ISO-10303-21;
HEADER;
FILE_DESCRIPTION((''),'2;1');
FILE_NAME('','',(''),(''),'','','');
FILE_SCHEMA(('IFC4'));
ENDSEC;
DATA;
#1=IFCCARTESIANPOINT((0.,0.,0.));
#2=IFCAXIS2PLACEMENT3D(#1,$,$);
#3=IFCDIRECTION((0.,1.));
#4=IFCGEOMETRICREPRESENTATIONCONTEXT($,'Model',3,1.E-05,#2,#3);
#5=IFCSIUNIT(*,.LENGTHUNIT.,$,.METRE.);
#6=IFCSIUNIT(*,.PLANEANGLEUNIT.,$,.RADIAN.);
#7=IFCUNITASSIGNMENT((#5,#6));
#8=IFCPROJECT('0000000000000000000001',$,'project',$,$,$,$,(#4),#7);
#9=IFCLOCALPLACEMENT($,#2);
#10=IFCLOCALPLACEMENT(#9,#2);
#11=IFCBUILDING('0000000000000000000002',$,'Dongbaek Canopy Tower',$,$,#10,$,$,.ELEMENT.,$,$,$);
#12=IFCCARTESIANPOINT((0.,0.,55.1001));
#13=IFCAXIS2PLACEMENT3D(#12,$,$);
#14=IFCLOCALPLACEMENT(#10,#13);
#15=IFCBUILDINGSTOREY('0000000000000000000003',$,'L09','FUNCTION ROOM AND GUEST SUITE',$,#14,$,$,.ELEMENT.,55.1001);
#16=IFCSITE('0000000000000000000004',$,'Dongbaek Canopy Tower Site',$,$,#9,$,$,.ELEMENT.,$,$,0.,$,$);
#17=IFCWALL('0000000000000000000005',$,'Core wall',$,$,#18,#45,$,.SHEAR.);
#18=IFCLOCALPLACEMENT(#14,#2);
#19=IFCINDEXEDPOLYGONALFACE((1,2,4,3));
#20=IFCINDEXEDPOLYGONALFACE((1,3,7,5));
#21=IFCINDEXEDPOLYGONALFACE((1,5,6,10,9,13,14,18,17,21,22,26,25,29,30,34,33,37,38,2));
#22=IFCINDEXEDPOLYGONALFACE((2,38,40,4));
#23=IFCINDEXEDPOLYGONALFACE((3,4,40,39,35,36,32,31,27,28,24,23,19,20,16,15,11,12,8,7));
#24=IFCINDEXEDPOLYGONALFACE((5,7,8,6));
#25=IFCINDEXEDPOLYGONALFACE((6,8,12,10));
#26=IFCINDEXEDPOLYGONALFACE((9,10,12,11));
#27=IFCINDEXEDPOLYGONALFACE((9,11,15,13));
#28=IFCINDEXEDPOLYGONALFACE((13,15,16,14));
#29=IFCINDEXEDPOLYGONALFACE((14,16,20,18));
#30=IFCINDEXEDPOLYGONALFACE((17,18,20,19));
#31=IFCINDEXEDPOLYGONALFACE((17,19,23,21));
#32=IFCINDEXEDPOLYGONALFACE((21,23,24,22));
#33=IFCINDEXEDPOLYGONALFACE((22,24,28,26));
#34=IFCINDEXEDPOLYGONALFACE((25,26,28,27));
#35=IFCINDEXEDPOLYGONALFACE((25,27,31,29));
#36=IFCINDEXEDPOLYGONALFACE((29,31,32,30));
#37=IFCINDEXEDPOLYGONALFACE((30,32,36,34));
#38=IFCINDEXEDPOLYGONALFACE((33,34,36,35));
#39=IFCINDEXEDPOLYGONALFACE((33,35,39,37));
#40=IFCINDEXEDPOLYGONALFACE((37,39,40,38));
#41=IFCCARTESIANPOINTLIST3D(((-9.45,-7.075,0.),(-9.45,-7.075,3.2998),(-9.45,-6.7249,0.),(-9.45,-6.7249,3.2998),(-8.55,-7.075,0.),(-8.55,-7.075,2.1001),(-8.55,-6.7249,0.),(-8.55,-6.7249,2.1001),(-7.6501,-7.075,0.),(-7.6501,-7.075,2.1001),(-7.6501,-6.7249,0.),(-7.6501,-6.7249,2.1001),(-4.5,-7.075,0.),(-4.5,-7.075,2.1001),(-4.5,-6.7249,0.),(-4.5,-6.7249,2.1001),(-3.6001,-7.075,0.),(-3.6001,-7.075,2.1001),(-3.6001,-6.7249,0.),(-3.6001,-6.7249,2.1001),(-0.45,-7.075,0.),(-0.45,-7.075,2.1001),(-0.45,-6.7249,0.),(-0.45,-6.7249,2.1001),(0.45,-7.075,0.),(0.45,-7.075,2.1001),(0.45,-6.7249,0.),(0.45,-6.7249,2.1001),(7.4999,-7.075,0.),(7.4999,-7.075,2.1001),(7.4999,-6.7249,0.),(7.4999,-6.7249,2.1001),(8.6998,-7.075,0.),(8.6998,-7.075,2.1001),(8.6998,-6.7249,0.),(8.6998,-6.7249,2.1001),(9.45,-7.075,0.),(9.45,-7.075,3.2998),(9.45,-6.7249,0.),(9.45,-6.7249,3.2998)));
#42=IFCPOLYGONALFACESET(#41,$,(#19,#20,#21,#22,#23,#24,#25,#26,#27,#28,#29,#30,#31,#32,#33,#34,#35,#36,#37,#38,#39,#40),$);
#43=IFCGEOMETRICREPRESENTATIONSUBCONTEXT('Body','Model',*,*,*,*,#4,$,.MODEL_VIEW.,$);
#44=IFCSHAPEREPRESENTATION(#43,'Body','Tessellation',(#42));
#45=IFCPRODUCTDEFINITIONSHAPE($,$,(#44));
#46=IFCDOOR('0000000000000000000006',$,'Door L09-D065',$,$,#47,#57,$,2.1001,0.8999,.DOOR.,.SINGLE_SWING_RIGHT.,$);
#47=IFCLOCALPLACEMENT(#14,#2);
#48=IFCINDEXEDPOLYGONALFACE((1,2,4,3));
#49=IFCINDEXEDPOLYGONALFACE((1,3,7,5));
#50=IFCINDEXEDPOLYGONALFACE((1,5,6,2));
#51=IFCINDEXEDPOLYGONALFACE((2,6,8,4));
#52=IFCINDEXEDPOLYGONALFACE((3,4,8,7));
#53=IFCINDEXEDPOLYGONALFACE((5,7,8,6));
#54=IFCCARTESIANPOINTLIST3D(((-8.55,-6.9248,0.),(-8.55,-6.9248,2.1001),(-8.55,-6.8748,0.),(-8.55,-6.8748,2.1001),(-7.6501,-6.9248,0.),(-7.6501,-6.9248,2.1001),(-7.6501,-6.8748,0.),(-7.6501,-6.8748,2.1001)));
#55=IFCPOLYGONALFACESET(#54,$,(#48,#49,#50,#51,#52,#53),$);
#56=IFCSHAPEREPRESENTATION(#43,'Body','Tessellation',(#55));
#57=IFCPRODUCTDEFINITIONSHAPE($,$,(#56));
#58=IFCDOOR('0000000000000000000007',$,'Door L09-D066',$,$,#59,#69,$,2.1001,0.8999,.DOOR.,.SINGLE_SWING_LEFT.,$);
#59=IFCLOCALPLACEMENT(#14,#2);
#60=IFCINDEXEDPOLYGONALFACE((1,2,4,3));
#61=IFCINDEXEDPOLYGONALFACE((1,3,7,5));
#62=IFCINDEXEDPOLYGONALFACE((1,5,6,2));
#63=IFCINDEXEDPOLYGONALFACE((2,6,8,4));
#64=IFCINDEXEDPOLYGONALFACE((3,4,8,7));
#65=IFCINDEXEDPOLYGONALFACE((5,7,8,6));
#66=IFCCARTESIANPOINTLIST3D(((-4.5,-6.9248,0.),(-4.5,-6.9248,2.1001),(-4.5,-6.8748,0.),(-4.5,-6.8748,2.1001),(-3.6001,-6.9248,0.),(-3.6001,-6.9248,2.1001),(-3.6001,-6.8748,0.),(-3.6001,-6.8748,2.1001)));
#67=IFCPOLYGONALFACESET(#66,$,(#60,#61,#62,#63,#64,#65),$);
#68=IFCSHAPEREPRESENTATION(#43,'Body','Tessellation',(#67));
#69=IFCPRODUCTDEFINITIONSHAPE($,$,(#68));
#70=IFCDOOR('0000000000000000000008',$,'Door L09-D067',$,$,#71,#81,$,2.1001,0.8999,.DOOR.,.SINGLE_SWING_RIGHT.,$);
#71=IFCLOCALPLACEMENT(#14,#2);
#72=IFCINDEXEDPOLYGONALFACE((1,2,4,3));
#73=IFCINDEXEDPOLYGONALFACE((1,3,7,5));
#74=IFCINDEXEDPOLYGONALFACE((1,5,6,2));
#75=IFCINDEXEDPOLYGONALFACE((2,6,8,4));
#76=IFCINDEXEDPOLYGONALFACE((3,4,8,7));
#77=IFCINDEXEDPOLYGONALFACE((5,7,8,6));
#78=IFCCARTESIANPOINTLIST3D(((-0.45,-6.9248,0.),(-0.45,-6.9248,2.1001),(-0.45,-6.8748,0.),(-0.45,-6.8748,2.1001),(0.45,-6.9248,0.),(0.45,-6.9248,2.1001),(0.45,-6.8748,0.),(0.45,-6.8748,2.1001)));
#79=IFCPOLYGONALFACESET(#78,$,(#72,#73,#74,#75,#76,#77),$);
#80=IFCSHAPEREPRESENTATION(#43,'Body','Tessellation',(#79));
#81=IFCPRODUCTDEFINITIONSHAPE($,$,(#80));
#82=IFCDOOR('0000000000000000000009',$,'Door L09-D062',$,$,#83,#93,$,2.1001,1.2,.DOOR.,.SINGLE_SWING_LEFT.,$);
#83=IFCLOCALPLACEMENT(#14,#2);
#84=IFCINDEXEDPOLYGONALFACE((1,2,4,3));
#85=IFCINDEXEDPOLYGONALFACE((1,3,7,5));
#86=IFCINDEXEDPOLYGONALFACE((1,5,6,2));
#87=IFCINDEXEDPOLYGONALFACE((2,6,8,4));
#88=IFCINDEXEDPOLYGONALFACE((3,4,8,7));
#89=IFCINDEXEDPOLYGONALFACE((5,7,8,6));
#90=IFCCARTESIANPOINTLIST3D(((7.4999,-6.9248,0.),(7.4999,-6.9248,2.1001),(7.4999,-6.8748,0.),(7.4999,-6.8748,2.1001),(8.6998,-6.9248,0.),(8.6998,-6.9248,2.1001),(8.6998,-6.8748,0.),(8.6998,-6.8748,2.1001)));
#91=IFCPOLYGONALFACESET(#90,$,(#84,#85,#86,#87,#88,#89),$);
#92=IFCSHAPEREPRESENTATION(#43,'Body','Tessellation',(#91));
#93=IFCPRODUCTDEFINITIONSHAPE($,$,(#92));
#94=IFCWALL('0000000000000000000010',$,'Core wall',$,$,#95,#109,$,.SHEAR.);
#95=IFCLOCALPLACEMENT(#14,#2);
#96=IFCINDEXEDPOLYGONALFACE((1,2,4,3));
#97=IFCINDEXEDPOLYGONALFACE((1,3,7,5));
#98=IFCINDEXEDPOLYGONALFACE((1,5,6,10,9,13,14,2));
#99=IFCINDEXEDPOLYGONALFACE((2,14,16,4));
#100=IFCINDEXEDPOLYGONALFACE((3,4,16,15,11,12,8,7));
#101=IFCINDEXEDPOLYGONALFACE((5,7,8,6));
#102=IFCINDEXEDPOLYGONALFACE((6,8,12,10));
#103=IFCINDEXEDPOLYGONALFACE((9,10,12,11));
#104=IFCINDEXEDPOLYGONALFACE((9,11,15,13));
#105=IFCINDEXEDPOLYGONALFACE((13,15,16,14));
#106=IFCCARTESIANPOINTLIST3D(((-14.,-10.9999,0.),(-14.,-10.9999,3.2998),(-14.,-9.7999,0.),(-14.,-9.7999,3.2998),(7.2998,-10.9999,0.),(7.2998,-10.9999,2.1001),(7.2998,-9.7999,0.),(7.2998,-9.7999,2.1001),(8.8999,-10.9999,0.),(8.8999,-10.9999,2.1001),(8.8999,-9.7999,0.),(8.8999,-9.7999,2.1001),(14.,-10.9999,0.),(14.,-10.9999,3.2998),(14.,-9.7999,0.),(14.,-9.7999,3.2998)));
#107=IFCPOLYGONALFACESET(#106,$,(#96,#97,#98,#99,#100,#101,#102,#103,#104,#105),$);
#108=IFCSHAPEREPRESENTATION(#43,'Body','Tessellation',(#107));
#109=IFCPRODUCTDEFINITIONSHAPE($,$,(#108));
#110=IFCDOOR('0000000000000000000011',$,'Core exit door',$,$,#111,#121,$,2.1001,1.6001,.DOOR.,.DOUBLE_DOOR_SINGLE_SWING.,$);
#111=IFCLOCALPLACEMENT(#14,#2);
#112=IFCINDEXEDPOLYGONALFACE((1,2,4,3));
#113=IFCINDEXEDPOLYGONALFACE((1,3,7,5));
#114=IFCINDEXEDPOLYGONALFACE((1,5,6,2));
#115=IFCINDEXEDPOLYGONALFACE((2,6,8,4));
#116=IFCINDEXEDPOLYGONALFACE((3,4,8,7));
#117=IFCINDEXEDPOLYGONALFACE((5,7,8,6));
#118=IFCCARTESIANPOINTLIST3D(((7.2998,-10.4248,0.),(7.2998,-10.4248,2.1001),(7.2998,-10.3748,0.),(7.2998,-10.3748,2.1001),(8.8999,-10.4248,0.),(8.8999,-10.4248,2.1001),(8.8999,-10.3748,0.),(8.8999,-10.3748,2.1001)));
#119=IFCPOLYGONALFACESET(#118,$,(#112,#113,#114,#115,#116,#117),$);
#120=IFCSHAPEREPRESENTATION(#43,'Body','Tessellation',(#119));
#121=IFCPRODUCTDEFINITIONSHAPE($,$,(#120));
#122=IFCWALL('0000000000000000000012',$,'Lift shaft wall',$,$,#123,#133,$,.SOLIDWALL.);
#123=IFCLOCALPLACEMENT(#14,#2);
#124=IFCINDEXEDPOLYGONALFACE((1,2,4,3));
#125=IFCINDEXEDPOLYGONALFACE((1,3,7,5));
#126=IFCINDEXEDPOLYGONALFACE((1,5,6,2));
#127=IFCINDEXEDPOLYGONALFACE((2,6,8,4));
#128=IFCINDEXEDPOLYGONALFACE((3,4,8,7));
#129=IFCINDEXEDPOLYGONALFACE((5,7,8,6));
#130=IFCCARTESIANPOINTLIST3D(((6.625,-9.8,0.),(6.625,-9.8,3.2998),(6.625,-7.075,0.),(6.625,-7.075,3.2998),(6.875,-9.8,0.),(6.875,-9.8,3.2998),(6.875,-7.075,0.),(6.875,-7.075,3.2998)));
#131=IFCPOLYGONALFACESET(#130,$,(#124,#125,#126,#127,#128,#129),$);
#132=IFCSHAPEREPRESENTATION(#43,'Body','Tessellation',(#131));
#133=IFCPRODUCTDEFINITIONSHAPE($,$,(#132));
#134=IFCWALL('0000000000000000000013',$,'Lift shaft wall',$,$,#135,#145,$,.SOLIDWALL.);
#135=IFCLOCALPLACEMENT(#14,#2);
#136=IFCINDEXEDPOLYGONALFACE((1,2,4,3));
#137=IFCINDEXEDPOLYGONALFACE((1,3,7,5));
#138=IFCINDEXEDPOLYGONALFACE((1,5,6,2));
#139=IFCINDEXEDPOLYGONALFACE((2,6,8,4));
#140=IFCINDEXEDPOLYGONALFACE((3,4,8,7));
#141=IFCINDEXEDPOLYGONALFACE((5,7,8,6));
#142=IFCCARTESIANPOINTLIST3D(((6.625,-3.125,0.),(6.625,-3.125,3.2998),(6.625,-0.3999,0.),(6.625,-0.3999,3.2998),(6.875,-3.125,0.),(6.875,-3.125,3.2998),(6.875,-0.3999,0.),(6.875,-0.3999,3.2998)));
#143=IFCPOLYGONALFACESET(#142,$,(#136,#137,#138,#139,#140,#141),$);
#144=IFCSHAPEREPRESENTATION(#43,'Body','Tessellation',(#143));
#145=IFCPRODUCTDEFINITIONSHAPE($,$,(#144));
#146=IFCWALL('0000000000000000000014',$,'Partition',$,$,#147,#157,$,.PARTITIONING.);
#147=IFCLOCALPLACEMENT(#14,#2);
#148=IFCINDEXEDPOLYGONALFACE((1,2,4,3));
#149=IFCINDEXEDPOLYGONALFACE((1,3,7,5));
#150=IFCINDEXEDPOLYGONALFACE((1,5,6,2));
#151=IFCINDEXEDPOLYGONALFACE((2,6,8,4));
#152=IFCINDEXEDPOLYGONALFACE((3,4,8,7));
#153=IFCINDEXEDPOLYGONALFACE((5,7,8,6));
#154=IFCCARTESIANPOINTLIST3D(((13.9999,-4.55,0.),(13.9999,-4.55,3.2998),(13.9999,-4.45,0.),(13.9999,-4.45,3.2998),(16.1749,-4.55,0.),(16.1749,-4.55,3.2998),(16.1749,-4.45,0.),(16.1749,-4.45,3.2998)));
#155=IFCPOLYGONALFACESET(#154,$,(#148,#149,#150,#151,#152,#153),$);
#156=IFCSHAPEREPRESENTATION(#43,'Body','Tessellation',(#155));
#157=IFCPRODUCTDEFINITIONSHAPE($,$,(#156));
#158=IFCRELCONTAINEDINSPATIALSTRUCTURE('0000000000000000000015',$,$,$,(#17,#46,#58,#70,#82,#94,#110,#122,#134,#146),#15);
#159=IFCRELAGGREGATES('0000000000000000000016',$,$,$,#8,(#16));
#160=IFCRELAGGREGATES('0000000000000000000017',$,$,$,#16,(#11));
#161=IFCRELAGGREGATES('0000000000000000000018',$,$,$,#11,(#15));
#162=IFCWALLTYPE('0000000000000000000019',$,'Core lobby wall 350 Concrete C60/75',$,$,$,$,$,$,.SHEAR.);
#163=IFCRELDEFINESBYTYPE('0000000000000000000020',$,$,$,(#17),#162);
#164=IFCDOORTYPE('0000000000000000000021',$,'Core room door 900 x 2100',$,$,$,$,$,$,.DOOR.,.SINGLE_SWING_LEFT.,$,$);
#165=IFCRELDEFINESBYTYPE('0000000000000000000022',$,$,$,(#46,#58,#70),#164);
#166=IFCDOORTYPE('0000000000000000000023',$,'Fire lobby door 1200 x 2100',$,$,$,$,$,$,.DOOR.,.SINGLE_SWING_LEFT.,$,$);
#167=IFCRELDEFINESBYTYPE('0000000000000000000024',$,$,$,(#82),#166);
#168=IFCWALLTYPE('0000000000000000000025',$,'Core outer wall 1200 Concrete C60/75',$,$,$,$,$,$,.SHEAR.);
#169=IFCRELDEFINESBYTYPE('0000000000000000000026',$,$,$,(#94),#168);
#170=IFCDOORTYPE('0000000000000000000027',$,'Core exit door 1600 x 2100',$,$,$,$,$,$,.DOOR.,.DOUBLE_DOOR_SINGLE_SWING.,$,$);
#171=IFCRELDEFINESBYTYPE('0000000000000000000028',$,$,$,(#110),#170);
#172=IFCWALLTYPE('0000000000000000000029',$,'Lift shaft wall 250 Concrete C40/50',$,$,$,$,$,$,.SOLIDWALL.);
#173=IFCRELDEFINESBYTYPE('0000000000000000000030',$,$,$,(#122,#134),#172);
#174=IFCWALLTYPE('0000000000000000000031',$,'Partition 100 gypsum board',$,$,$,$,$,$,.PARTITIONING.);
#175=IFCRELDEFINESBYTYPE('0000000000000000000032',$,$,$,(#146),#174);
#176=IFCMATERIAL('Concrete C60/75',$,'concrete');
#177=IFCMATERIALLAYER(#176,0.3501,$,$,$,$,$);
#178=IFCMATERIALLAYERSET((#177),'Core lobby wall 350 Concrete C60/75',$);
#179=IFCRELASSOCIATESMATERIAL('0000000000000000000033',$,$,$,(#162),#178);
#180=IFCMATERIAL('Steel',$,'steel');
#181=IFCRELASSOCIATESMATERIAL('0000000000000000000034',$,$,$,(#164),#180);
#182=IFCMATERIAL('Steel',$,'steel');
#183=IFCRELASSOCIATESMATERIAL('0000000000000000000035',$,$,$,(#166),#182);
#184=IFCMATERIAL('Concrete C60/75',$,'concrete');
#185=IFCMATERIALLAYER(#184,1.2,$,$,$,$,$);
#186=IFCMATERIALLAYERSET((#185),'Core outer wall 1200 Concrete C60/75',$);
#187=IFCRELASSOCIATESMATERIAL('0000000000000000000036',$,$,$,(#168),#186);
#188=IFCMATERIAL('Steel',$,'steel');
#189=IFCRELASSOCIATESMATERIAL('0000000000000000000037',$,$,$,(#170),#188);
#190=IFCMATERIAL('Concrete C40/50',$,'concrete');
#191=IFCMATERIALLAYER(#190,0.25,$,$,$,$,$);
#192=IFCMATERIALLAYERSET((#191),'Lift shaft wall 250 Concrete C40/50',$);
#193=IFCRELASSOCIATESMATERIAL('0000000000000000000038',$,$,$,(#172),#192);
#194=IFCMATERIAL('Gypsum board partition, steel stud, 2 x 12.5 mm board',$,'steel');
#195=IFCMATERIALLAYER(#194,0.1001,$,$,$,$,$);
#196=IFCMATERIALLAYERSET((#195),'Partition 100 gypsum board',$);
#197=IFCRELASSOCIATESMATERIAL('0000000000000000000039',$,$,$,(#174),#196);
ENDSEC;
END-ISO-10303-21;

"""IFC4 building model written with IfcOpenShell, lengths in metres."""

from ifc_helpers import new_model, si_unit, direction, frame, frame_2d, origin, place, context, subcontext, project, spatial, rectangle, extrude, material, layer, layer_set, type_object, element, fill, save


model = new_model("IFC4")

# Units and contexts
model_context = context("Model", 3, precision=1e-05, world=origin(), true_north=direction((0.0, 1.0)))
body_context = subcontext(model_context, "Body", "Model", "MODEL_VIEW")
ifc_project = project(units=[si_unit("LENGTHUNIT", "METRE"), si_unit("PLANEANGLEUNIT", "RADIAN")], contexts=[model_context])

# Site, building, storey
site_placement = place(None, origin())
site = spatial("IfcSite", under=ifc_project, at=site_placement, Name="Dongbaek Canopy Tower Site", CompositionType="ELEMENT", RefElevation=0.0)
building_placement = place(site_placement, origin())
building = spatial("IfcBuilding", under=site, at=building_placement, Name="Dongbaek Canopy Tower", CompositionType="ELEMENT")
storey_placement = place(building_placement, frame((0.0, 0.0, 55.1001)))
storey = spatial("IfcBuildingStorey", under=building, at=storey_placement, Name="L09", Description="FUNCTION ROOM AND GUEST SUITE", CompositionType="ELEMENT", Elevation=55.1001)

# Wall, openings, doors
ifc_material_1 = material(Name="Concrete C60/75", Category="concrete")
ifc_layer_1 = layer(ifc_material_1, 0.3501)
ifc_layer_set_1 = layer_set([ifc_layer_1], Name="Core lobby wall 350 Concrete C60/75")
wall_type_1 = type_object("IfcWallType", Name="Core lobby wall 350 Concrete C60/75", PredefinedType="SHEAR", material=ifc_layer_set_1)
wall_1_placement = place(storey_placement, frame((9.45, -6.8999, 0.0), z_axis=(0.0, 0.0, 1.0), x_axis=(-1.0, 0.0, 0.0)))
wall_1 = element("IfcWall", 1, at=wall_1_placement, inside=storey, type_object=wall_type_1, Name="Core wall", PredefinedType="SHEAR", context=body_context, shape_type="SweptSolid", body=[
    extrude(rectangle(XDim=18.8999, YDim=0.3501, at=frame_2d((9.45, 0.0))), origin(), (0.0, 0.0, 1.0), 3.2998),
])
opening_1_placement = place(wall_1_placement, frame((0.75, 0.0, 0.0)))
opening_1 = element("IfcOpeningElement", 2, at=opening_1_placement, cuts=wall_1, PredefinedType="OPENING", context=body_context, shape_type="SweptSolid", body=[
    extrude(rectangle(XDim=1.2, YDim=2.1001, at=frame_2d((0.6001, 1.05))), frame((0.0, 0.1851, 0.0), z_axis=(0.0, -1.0, 0.0), x_axis=(1.0, 0.0, 0.0)), (0.0, 0.0, 1.0), 0.3701),
])
opening_2_placement = place(wall_1_placement, frame((17.1001, 0.0, 0.0)))
opening_2 = element("IfcOpeningElement", 3, at=opening_2_placement, cuts=wall_1, PredefinedType="OPENING", context=body_context, shape_type="SweptSolid", body=[
    extrude(rectangle(XDim=0.8999, YDim=2.1001, at=frame_2d((0.45, 1.05))), frame((0.0, 0.1851, 0.0), z_axis=(0.0, -1.0, 0.0), x_axis=(1.0, 0.0, 0.0)), (0.0, 0.0, 1.0), 0.3701),
])
opening_3_placement = place(wall_1_placement, frame((13.05, 0.0, 0.0)))
opening_3 = element("IfcOpeningElement", 4, at=opening_3_placement, cuts=wall_1, PredefinedType="OPENING", context=body_context, shape_type="SweptSolid", body=[
    extrude(rectangle(XDim=0.8999, YDim=2.1001, at=frame_2d((0.45, 1.05))), frame((0.0, 0.1851, 0.0), z_axis=(0.0, -1.0, 0.0), x_axis=(1.0, 0.0, 0.0)), (0.0, 0.0, 1.0), 0.3701),
])
opening_4_placement = place(wall_1_placement, frame((9.0, 0.0, 0.0)))
opening_4 = element("IfcOpeningElement", 5, at=opening_4_placement, cuts=wall_1, PredefinedType="OPENING", context=body_context, shape_type="SweptSolid", body=[
    extrude(rectangle(XDim=0.8999, YDim=2.1001, at=frame_2d((0.45, 1.05))), frame((0.0, 0.1851, 0.0), z_axis=(0.0, -1.0, 0.0), x_axis=(1.0, 0.0, 0.0)), (0.0, 0.0, 1.0), 0.3701),
])
ifc_material_2 = material(Name="Steel", Category="steel")
door_type_1 = type_object("IfcDoorType", Name="Core room door 900 x 2100", OperationType="SINGLE_SWING_LEFT", PredefinedType="DOOR", material=ifc_material_2)
door_1_placement = place(opening_2_placement, origin())
door_1 = element("IfcDoor", 6, at=door_1_placement, inside=storey, type_object=door_type_1, Name="Door L09-D065", OperationType="SINGLE_SWING_RIGHT", OverallHeight=2.1001, OverallWidth=0.8999, PredefinedType="DOOR", context=body_context, shape_type="SweptSolid", body=[
    extrude(rectangle(XDim=0.8999, YDim=2.1001, at=frame_2d((0.45, 1.05))), frame((0.0, 0.0249, 0.0), z_axis=(0.0, -1.0, 0.0), x_axis=(1.0, 0.0, 0.0)), (0.0, 0.0, 1.0), 0.05),
])
fill(opening_2, door_1)
door_2_placement = place(opening_3_placement, origin())
door_2 = element("IfcDoor", 7, at=door_2_placement, inside=storey, type_object=door_type_1, Name="Door L09-D066", OperationType="SINGLE_SWING_LEFT", OverallHeight=2.1001, OverallWidth=0.8999, PredefinedType="DOOR", context=body_context, shape_type="SweptSolid", body=[
    extrude(rectangle(XDim=0.8999, YDim=2.1001, at=frame_2d((0.45, 1.05))), frame((0.0, 0.0249, 0.0), z_axis=(0.0, -1.0, 0.0), x_axis=(1.0, 0.0, 0.0)), (0.0, 0.0, 1.0), 0.05),
])
fill(opening_3, door_2)
door_3_placement = place(opening_4_placement, origin())
door_3 = element("IfcDoor", 8, at=door_3_placement, inside=storey, type_object=door_type_1, Name="Door L09-D067", OperationType="SINGLE_SWING_RIGHT", OverallHeight=2.1001, OverallWidth=0.8999, PredefinedType="DOOR", context=body_context, shape_type="SweptSolid", body=[
    extrude(rectangle(XDim=0.8999, YDim=2.1001, at=frame_2d((0.45, 1.05))), frame((0.0, 0.0249, 0.0), z_axis=(0.0, -1.0, 0.0), x_axis=(1.0, 0.0, 0.0)), (0.0, 0.0, 1.0), 0.05),
])
fill(opening_4, door_3)
ifc_material_3 = material(Name="Steel", Category="steel")
door_type_2 = type_object("IfcDoorType", Name="Fire lobby door 1200 x 2100", OperationType="SINGLE_SWING_LEFT", PredefinedType="DOOR", material=ifc_material_3)
door_4_placement = place(opening_1_placement, origin())
door_4 = element("IfcDoor", 9, at=door_4_placement, inside=storey, type_object=door_type_2, Name="Door L09-D062", OperationType="SINGLE_SWING_LEFT", OverallHeight=2.1001, OverallWidth=1.2, PredefinedType="DOOR", context=body_context, shape_type="SweptSolid", body=[
    extrude(rectangle(XDim=1.2, YDim=2.1001, at=frame_2d((0.6001, 1.05))), frame((0.0, 0.0249, 0.0), z_axis=(0.0, -1.0, 0.0), x_axis=(1.0, 0.0, 0.0)), (0.0, 0.0, 1.0), 0.05),
])
fill(opening_1, door_4)

# Wall, opening, door
ifc_material_4 = material(Name="Concrete C60/75", Category="concrete")
ifc_layer_2 = layer(ifc_material_4, 1.2)
ifc_layer_set_2 = layer_set([ifc_layer_2], Name="Core outer wall 1200 Concrete C60/75")
wall_type_2 = type_object("IfcWallType", Name="Core outer wall 1200 Concrete C60/75", PredefinedType="SHEAR", material=ifc_layer_set_2)
wall_2_placement = place(storey_placement, frame((14.0, -10.3999, 0.0), z_axis=(0.0, 0.0, 1.0), x_axis=(-1.0, 0.0, 0.0)))
wall_2 = element("IfcWall", 10, at=wall_2_placement, inside=storey, type_object=wall_type_2, Name="Core wall", PredefinedType="SHEAR", context=body_context, shape_type="SweptSolid", body=[
    extrude(rectangle(XDim=28.0, YDim=1.2, at=frame_2d((14.0, 0.0))), origin(), (0.0, 0.0, 1.0), 3.2998),
])
opening_5_placement = place(wall_2_placement, frame((5.1001, 0.0, 0.0)))
opening_5 = element("IfcOpeningElement", 11, at=opening_5_placement, cuts=wall_2, PredefinedType="OPENING", context=body_context, shape_type="SweptSolid", body=[
    extrude(rectangle(XDim=1.6001, YDim=2.1001, at=frame_2d((0.8, 1.05))), frame((0.0, 0.6099, 0.0), z_axis=(0.0, -1.0, 0.0), x_axis=(1.0, 0.0, 0.0)), (0.0, 0.0, 1.0), 1.22),
])
ifc_material_5 = material(Name="Steel", Category="steel")
door_type_3 = type_object("IfcDoorType", Name="Core exit door 1600 x 2100", OperationType="DOUBLE_DOOR_SINGLE_SWING", PredefinedType="DOOR", material=ifc_material_5)
door_5_placement = place(opening_5_placement, origin())
door_5 = element("IfcDoor", 12, at=door_5_placement, inside=storey, type_object=door_type_3, Name="Core exit door", OperationType="DOUBLE_DOOR_SINGLE_SWING", OverallHeight=2.1001, OverallWidth=1.6001, PredefinedType="DOOR", context=body_context, shape_type="SweptSolid", body=[
    extrude(rectangle(XDim=1.6001, YDim=2.1001, at=frame_2d((0.8, 1.05))), frame((0.0, 0.0249, 0.0), z_axis=(0.0, -1.0, 0.0), x_axis=(1.0, 0.0, 0.0)), (0.0, 0.0, 1.0), 0.05),
])
fill(opening_5, door_5)

# Walls
ifc_material_6 = material(Name="Concrete C40/50", Category="concrete")
ifc_layer_3 = layer(ifc_material_6, 0.25)
ifc_layer_set_3 = layer_set([ifc_layer_3], Name="Lift shaft wall 250 Concrete C40/50")
wall_type_3 = type_object("IfcWallType", Name="Lift shaft wall 250 Concrete C40/50", PredefinedType="SOLIDWALL", material=ifc_layer_set_3)
for number, where, z_axis, x_axis, name in (
    (13, (6.75, -9.8, 0.0), (0.0, 0.0, 1.0), (0.0, 1.0, 0.0), "Lift shaft wall"),
    (14, (6.75, -3.125, 0.0), (0.0, 0.0, 1.0), (0.0, 1.0, 0.0), "Lift shaft wall"),
):
    element("IfcWall", number, at=place(storey_placement, frame(where, z_axis=z_axis, x_axis=x_axis)), inside=storey, type_object=wall_type_3, Name=name, PredefinedType="SOLIDWALL", context=body_context, shape_type="SweptSolid", body=[
        extrude(rectangle(XDim=2.7251, YDim=0.25, at=frame_2d((1.3625, 0.0))), origin(), (0.0, 0.0, 1.0), 3.2998),
    ])
ifc_material_7 = material(Name="Gypsum board partition, steel stud, 2 x 12.5 mm board", Category="steel")
ifc_layer_4 = layer(ifc_material_7, 0.1001)
ifc_layer_set_4 = layer_set([ifc_layer_4], Name="Partition 100 gypsum board")
wall_type_4 = type_object("IfcWallType", Name="Partition 100 gypsum board", PredefinedType="PARTITIONING", material=ifc_layer_set_4)
wall_3_placement = place(storey_placement, frame((14.0, -4.5, 0.0), z_axis=(0.0, 0.0, 1.0), x_axis=(1.0, 0.0, 0.0)))
element("IfcWall", 15, at=wall_3_placement, inside=storey, type_object=wall_type_4, Name="Partition", PredefinedType="PARTITIONING", context=body_context, shape_type="SweptSolid", body=[
    extrude(rectangle(XDim=2.175, YDim=0.1001, at=frame_2d((1.0874, 0.0))), origin(), (0.0, 0.0, 1.0), 3.2998),
])

save(model, "model.ifc")
